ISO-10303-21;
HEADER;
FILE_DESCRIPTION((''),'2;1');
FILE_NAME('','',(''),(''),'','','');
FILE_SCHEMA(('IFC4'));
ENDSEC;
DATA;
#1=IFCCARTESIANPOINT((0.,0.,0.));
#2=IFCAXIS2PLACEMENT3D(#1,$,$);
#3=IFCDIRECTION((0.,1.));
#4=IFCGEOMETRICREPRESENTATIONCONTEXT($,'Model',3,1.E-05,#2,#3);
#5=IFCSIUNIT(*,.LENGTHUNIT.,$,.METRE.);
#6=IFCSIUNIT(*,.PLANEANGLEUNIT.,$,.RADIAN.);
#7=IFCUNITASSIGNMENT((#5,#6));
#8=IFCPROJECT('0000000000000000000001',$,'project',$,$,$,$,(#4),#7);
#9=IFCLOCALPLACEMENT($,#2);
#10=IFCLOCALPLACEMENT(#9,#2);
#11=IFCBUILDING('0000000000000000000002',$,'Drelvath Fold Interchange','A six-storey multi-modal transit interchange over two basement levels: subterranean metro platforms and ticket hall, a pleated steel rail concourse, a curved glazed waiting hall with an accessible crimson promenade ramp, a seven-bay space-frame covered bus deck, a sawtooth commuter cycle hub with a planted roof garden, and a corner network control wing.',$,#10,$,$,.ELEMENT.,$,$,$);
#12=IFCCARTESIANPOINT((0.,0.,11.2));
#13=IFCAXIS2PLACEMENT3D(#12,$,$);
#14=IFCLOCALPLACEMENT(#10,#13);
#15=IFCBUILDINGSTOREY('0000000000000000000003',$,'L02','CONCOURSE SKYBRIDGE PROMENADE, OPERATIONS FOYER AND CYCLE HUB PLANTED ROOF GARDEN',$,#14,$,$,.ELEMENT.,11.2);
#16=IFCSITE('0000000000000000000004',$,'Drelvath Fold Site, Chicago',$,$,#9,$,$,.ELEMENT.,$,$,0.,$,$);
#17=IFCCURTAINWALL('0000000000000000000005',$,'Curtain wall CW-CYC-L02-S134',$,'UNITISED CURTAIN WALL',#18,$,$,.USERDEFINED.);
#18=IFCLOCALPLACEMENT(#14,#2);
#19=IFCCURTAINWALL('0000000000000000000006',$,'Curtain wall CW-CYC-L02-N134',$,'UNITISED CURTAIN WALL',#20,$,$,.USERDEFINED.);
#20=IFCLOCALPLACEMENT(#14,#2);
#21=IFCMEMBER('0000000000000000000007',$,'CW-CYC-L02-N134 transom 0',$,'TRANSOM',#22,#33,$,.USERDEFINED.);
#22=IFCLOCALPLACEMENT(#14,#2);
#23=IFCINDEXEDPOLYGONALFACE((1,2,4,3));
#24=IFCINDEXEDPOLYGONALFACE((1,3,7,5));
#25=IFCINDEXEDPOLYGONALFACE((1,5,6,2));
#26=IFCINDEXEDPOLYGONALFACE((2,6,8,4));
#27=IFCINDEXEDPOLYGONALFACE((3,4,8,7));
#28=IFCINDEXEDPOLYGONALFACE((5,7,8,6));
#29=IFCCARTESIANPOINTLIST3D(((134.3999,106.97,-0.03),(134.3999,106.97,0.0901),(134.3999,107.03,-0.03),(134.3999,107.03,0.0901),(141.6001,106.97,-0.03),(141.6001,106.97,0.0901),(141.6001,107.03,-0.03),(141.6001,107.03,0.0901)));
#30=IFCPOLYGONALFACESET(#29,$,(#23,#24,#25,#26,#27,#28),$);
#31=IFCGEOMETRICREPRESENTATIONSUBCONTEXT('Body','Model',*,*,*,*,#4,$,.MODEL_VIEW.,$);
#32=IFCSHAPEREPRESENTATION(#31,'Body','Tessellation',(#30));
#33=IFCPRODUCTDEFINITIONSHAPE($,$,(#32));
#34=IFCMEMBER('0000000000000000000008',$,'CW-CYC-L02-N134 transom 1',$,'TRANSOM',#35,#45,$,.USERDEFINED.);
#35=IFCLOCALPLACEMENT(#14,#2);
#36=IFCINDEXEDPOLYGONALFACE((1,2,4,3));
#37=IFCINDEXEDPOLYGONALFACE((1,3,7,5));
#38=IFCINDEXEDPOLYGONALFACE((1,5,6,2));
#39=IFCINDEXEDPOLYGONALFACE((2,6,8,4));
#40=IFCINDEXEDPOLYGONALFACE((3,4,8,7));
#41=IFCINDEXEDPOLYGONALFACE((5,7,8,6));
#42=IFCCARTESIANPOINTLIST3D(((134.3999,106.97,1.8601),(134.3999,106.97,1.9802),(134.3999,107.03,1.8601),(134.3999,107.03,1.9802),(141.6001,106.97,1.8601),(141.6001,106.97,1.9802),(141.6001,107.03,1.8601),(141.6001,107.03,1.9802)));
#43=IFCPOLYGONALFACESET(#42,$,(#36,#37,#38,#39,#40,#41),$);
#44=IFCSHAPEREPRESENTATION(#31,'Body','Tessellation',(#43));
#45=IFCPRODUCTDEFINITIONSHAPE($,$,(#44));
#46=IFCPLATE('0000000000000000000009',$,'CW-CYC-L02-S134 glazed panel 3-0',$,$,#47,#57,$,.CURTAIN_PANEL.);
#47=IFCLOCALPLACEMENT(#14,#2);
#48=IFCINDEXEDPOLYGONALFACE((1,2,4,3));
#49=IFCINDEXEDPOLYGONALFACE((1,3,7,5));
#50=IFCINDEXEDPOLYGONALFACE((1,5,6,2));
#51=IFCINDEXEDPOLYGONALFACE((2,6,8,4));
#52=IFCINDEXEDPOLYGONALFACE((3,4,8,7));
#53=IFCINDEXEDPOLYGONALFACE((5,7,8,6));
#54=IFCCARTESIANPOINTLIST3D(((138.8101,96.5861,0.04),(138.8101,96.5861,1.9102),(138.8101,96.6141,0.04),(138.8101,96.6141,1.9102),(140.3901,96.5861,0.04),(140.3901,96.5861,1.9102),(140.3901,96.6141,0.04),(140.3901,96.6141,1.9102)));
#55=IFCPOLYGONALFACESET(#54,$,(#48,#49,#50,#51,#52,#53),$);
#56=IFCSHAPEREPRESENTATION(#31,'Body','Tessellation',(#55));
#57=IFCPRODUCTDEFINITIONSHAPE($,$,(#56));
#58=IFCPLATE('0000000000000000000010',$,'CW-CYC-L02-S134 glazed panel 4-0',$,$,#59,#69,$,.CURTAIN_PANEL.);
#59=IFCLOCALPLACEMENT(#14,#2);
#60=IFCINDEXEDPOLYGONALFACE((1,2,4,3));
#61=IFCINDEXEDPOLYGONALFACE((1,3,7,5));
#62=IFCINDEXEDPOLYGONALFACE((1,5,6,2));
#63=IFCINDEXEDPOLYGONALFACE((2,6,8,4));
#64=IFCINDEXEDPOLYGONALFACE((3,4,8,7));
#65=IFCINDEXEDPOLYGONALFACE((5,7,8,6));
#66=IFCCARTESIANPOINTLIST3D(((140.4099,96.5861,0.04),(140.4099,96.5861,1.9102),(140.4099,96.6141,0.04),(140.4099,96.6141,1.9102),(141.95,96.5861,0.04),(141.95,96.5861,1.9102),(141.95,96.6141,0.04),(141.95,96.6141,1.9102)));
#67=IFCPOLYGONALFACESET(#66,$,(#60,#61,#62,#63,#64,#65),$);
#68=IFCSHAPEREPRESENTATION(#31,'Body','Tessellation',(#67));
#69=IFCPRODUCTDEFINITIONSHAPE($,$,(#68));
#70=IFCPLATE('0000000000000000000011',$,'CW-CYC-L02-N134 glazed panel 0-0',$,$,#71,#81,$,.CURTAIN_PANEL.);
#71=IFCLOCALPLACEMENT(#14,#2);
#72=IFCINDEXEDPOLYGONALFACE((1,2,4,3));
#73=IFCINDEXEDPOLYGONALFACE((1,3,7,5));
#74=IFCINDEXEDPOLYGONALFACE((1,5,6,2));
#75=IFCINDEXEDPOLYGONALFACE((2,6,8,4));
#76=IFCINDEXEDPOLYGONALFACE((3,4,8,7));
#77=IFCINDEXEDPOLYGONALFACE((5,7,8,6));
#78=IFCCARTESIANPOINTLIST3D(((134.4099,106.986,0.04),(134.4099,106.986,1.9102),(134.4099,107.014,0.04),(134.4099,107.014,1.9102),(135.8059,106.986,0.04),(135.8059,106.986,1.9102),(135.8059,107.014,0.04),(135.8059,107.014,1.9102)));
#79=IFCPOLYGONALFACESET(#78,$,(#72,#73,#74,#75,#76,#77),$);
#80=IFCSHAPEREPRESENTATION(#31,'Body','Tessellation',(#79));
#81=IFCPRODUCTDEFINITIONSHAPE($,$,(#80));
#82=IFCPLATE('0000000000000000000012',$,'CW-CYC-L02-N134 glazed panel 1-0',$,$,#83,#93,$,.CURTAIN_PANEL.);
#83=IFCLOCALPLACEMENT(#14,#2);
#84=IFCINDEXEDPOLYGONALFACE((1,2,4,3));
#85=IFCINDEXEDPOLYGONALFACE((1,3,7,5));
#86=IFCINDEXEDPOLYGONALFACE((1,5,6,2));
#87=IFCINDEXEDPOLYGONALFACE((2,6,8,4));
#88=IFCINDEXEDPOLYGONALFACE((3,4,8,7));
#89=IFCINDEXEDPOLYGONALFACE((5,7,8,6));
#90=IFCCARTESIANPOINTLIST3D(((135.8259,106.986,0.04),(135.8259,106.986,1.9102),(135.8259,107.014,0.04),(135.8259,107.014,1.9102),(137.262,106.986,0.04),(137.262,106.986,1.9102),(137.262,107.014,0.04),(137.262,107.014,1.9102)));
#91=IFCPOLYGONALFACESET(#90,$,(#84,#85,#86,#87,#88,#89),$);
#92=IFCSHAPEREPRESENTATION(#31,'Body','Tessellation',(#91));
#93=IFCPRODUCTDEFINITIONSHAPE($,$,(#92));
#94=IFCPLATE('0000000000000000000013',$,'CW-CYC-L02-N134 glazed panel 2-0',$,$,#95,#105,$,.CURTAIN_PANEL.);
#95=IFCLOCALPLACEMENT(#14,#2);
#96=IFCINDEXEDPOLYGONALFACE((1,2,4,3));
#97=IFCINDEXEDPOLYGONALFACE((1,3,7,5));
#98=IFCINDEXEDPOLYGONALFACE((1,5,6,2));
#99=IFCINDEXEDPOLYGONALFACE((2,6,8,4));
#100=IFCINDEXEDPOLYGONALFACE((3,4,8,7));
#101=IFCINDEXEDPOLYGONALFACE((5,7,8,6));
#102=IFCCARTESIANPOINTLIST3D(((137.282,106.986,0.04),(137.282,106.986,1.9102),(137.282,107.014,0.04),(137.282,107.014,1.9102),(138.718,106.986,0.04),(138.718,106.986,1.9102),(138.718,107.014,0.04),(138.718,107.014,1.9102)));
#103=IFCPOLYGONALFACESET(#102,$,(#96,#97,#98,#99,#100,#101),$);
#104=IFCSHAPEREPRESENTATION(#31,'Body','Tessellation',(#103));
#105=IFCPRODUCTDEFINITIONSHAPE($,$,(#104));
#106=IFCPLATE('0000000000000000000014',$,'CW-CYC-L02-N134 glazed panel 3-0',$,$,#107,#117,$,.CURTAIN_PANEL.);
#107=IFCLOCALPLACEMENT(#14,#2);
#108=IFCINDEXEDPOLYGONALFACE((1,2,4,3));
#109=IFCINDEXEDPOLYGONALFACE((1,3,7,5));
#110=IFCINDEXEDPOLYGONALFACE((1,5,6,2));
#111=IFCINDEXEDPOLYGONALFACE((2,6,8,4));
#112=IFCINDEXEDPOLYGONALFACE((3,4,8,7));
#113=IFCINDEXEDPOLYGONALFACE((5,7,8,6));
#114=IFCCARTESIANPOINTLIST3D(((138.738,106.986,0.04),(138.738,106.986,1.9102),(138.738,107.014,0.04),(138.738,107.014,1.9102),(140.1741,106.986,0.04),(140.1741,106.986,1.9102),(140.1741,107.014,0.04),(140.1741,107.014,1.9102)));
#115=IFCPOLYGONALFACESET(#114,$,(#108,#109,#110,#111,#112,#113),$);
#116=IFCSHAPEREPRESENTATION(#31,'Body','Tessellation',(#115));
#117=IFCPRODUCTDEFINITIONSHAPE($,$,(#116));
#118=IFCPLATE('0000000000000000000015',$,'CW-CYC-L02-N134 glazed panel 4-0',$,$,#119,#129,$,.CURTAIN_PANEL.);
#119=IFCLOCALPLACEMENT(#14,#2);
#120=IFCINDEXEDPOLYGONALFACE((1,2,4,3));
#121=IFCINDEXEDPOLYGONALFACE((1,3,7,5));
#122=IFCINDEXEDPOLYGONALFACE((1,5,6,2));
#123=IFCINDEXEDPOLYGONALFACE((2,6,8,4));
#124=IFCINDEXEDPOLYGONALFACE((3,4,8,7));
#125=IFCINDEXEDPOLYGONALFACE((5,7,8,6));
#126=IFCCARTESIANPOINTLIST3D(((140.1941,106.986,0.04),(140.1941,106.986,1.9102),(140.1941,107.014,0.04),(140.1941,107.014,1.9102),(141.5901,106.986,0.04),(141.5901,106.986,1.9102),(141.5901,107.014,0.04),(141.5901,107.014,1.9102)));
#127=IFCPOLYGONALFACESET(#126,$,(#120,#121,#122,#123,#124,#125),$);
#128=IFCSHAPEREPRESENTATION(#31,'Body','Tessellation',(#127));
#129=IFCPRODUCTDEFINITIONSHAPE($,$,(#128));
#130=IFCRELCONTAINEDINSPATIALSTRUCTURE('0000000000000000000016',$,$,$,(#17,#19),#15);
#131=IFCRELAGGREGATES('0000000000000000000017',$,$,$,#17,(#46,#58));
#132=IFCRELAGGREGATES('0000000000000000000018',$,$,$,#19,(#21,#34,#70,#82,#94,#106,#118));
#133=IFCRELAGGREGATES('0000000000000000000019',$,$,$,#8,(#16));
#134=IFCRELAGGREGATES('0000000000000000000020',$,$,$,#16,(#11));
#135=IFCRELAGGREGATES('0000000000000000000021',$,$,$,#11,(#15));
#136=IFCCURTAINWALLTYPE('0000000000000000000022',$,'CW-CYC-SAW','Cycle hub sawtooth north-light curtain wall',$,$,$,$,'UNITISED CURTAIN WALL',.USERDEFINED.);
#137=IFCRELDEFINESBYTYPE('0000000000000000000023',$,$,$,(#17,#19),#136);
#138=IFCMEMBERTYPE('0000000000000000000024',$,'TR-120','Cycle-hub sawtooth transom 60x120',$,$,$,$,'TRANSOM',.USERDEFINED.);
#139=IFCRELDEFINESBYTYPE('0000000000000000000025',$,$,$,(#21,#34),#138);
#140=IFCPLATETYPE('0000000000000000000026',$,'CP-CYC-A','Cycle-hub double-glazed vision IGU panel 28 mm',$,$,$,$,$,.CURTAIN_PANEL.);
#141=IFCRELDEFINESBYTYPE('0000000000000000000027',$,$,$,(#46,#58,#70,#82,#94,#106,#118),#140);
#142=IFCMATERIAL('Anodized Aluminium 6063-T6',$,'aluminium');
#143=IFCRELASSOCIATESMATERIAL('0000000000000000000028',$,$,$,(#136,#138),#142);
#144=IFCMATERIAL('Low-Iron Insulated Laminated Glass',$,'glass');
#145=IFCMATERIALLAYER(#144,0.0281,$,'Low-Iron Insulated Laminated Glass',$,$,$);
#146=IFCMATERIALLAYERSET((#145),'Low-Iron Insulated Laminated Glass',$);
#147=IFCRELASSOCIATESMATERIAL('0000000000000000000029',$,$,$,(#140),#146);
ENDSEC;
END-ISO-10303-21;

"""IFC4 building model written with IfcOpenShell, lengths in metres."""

from ifc_helpers import new_model, si_unit, direction, frame, origin, origin_2d, place, context, subcontext, project, spatial, rectangle, extrude, material, layer, layer_set, material_profile, profile_set, type_object, element, aggregate, save


model = new_model("IFC4")

# Units and contexts
model_context = context("Model", 3, precision=1e-05, world=origin(), true_north=direction((0.0, 1.0)))
body_context = subcontext(model_context, "Body", "Model", "MODEL_VIEW")
ifc_project = project(units=[si_unit("LENGTHUNIT", "METRE"), si_unit("PLANEANGLEUNIT", "RADIAN")], contexts=[model_context])

# Site, building, storey
site_placement = place(None, origin())
site = spatial("IfcSite", under=ifc_project, at=site_placement, Name="Drelvath Fold Site, Chicago", CompositionType="ELEMENT", RefElevation=0.0)
building_placement = place(site_placement, origin())
building = spatial("IfcBuilding", under=site, at=building_placement, Name="Drelvath Fold Interchange", Description="A six-storey multi-modal transit interchange over two basement levels: subterranean metro platforms and ticket hall, a pleated steel rail concourse, a curved glazed waiting hall with an accessible crimson promenade ramp, a seven-bay space-frame covered bus deck, a sawtooth commuter cycle hub with a planted roof garden, and a corner network control wing.", CompositionType="ELEMENT")
storey_placement = place(building_placement, frame((0.0, 0.0, 11.2)))
storey = spatial("IfcBuildingStorey", under=building, at=storey_placement, Name="L02", Description="CONCOURSE SKYBRIDGE PROMENADE, OPERATIONS FOYER AND CYCLE HUB PLANTED ROOF GARDEN", CompositionType="ELEMENT", Elevation=11.2)

# Curtain walls, members
ifc_material_1 = material(Name="Anodized Aluminium 6063-T6", Category="aluminium")
curtain_wall_type = type_object("IfcCurtainWallType", Name="CW-CYC-SAW", Description="Cycle hub sawtooth north-light curtain wall", ElementType="UNITISED CURTAIN WALL", PredefinedType="USERDEFINED", material=ifc_material_1)
curtain_wall_1_placement = place(storey_placement, origin())
curtain_wall_1 = element("IfcCurtainWall", 1, at=curtain_wall_1_placement, inside=storey, type_object=curtain_wall_type, Name="Curtain wall CW-CYC-L02-S134", ObjectType="UNITISED CURTAIN WALL", PredefinedType="USERDEFINED")
curtain_wall_2_placement = place(storey_placement, origin())
curtain_wall_2 = element("IfcCurtainWall", 2, at=curtain_wall_2_placement, inside=storey, type_object=curtain_wall_type, Name="Curtain wall CW-CYC-L02-N134", ObjectType="UNITISED CURTAIN WALL", PredefinedType="USERDEFINED")
ifc_material_profile_1 = material_profile(ifc_material_1, rectangle(XDim=0.0601, YDim=0.1201, at=origin_2d()), Name="AL-T 60x120")
ifc_profile_set_1 = profile_set([ifc_material_profile_1], Name="Anodized Aluminium 6063-T6")
member_type_1 = type_object("IfcMemberType", Name="TR-120", Description="Cycle-hub sawtooth transom 60x120", ElementType="TRANSOM", PredefinedType="USERDEFINED", material=ifc_profile_set_1)
member_1_placement = place(storey_placement, frame((134.3999, 107.0, 0.03), z_axis=(1.0, 0.0, 0.0), x_axis=(0.0, 1.0, 0.0)))
member_1 = element("IfcMember", 3, at=member_1_placement, type_object=member_type_1, Name="CW-CYC-L02-N134 transom 0", ObjectType="TRANSOM", PredefinedType="USERDEFINED", context=body_context, shape_type="SweptSolid", body=[
    extrude(rectangle(XDim=0.0601, YDim=0.1201, at=origin_2d()), origin(), (0.0, 0.0, 1.0), 7.2002),
])
member_2_placement = place(storey_placement, frame((134.3999, 107.0, 1.9202), z_axis=(1.0, 0.0, 0.0), x_axis=(0.0, 1.0, 0.0)))
member_2 = element("IfcMember", 4, at=member_2_placement, type_object=member_type_1, Name="CW-CYC-L02-N134 transom 1", ObjectType="TRANSOM", PredefinedType="USERDEFINED", context=body_context, shape_type="SweptSolid", body=[
    extrude(rectangle(XDim=0.0601, YDim=0.1201, at=origin_2d()), origin(), (0.0, 0.0, 1.0), 7.2002),
])

# Plates
ifc_material_2 = material(Name="Low-Iron Insulated Laminated Glass", Category="glass")
ifc_layer = layer(ifc_material_2, 0.0281, Name="Low-Iron Insulated Laminated Glass")
ifc_layer_set = layer_set([ifc_layer], Name="Low-Iron Insulated Laminated Glass")
plate_type = type_object("IfcPlateType", Name="CP-CYC-A", Description="Cycle-hub double-glazed vision IGU panel 28 mm", PredefinedType="CURTAIN_PANEL", material=ifc_layer_set)
plate_1_placement = place(storey_placement, frame((139.6001, 96.6001, 0.04), z_axis=(0.0, 0.0, 1.0), x_axis=(1.0, 0.0, 0.0)))
plate_1 = element("IfcPlate", 5, at=plate_1_placement, type_object=plate_type, Name="CW-CYC-L02-S134 glazed panel 3-0", PredefinedType="CURTAIN_PANEL", context=body_context, shape_type="SweptSolid", body=[
    extrude(rectangle(XDim=1.5801, YDim=0.0281, at=origin_2d()), origin(), (0.0, 0.0, 1.0), 1.8701),
])
plate_2_placement = place(storey_placement, frame((141.1799, 96.6001, 0.04), z_axis=(0.0, 0.0, 1.0), x_axis=(1.0, 0.0, 0.0)))
plate_2 = element("IfcPlate", 6, at=plate_2_placement, type_object=plate_type, Name="CW-CYC-L02-S134 glazed panel 4-0", PredefinedType="CURTAIN_PANEL", context=body_context, shape_type="SweptSolid", body=[
    extrude(rectangle(XDim=1.54, YDim=0.0281, at=origin_2d()), origin(), (0.0, 0.0, 1.0), 1.8701),
])
aggregate(curtain_wall_1, [plate_1, plate_2])
plate_3_placement = place(storey_placement, frame((135.1079, 107.0, 0.04), z_axis=(0.0, 0.0, 1.0), x_axis=(1.0, 0.0, 0.0)))
plate_3 = element("IfcPlate", 7, at=plate_3_placement, type_object=plate_type, Name="CW-CYC-L02-N134 glazed panel 0-0", PredefinedType="CURTAIN_PANEL", context=body_context, shape_type="SweptSolid", body=[
    extrude(rectangle(XDim=1.396, YDim=0.0281, at=origin_2d()), origin(), (0.0, 0.0, 1.0), 1.8701),
])
plate_4_placement = place(storey_placement, frame((136.5439, 107.0, 0.04), z_axis=(0.0, 0.0, 1.0), x_axis=(1.0, 0.0, 0.0)))
plate_4 = element("IfcPlate", 8, at=plate_4_placement, type_object=plate_type, Name="CW-CYC-L02-N134 glazed panel 1-0", PredefinedType="CURTAIN_PANEL", context=body_context, shape_type="SweptSolid", body=[
    extrude(rectangle(XDim=1.436, YDim=0.0281, at=origin_2d()), origin(), (0.0, 0.0, 1.0), 1.8701),
])
plate_5_placement = place(storey_placement, frame((138.0, 107.0, 0.04), z_axis=(0.0, 0.0, 1.0), x_axis=(1.0, 0.0, 0.0)))
plate_5 = element("IfcPlate", 9, at=plate_5_placement, type_object=plate_type, Name="CW-CYC-L02-N134 glazed panel 2-0", PredefinedType="CURTAIN_PANEL", context=body_context, shape_type="SweptSolid", body=[
    extrude(rectangle(XDim=1.436, YDim=0.0281, at=origin_2d()), origin(), (0.0, 0.0, 1.0), 1.8701),
])
plate_6_placement = place(storey_placement, frame((139.4561, 107.0, 0.04), z_axis=(0.0, 0.0, 1.0), x_axis=(1.0, 0.0, 0.0)))
plate_6 = element("IfcPlate", 10, at=plate_6_placement, type_object=plate_type, Name="CW-CYC-L02-N134 glazed panel 3-0", PredefinedType="CURTAIN_PANEL", context=body_context, shape_type="SweptSolid", body=[
    extrude(rectangle(XDim=1.436, YDim=0.0281, at=origin_2d()), origin(), (0.0, 0.0, 1.0), 1.8701),
])
plate_7_placement = place(storey_placement, frame((140.8921, 107.0, 0.04), z_axis=(0.0, 0.0, 1.0), x_axis=(1.0, 0.0, 0.0)))
plate_7 = element("IfcPlate", 11, at=plate_7_placement, type_object=plate_type, Name="CW-CYC-L02-N134 glazed panel 4-0", PredefinedType="CURTAIN_PANEL", context=body_context, shape_type="SweptSolid", body=[
    extrude(rectangle(XDim=1.396, YDim=0.0281, at=origin_2d()), origin(), (0.0, 0.0, 1.0), 1.8701),
])
aggregate(curtain_wall_2, [member_1, member_2, plate_3, plate_4, plate_5, plate_6, plate_7])

save(model, "model.ifc")
